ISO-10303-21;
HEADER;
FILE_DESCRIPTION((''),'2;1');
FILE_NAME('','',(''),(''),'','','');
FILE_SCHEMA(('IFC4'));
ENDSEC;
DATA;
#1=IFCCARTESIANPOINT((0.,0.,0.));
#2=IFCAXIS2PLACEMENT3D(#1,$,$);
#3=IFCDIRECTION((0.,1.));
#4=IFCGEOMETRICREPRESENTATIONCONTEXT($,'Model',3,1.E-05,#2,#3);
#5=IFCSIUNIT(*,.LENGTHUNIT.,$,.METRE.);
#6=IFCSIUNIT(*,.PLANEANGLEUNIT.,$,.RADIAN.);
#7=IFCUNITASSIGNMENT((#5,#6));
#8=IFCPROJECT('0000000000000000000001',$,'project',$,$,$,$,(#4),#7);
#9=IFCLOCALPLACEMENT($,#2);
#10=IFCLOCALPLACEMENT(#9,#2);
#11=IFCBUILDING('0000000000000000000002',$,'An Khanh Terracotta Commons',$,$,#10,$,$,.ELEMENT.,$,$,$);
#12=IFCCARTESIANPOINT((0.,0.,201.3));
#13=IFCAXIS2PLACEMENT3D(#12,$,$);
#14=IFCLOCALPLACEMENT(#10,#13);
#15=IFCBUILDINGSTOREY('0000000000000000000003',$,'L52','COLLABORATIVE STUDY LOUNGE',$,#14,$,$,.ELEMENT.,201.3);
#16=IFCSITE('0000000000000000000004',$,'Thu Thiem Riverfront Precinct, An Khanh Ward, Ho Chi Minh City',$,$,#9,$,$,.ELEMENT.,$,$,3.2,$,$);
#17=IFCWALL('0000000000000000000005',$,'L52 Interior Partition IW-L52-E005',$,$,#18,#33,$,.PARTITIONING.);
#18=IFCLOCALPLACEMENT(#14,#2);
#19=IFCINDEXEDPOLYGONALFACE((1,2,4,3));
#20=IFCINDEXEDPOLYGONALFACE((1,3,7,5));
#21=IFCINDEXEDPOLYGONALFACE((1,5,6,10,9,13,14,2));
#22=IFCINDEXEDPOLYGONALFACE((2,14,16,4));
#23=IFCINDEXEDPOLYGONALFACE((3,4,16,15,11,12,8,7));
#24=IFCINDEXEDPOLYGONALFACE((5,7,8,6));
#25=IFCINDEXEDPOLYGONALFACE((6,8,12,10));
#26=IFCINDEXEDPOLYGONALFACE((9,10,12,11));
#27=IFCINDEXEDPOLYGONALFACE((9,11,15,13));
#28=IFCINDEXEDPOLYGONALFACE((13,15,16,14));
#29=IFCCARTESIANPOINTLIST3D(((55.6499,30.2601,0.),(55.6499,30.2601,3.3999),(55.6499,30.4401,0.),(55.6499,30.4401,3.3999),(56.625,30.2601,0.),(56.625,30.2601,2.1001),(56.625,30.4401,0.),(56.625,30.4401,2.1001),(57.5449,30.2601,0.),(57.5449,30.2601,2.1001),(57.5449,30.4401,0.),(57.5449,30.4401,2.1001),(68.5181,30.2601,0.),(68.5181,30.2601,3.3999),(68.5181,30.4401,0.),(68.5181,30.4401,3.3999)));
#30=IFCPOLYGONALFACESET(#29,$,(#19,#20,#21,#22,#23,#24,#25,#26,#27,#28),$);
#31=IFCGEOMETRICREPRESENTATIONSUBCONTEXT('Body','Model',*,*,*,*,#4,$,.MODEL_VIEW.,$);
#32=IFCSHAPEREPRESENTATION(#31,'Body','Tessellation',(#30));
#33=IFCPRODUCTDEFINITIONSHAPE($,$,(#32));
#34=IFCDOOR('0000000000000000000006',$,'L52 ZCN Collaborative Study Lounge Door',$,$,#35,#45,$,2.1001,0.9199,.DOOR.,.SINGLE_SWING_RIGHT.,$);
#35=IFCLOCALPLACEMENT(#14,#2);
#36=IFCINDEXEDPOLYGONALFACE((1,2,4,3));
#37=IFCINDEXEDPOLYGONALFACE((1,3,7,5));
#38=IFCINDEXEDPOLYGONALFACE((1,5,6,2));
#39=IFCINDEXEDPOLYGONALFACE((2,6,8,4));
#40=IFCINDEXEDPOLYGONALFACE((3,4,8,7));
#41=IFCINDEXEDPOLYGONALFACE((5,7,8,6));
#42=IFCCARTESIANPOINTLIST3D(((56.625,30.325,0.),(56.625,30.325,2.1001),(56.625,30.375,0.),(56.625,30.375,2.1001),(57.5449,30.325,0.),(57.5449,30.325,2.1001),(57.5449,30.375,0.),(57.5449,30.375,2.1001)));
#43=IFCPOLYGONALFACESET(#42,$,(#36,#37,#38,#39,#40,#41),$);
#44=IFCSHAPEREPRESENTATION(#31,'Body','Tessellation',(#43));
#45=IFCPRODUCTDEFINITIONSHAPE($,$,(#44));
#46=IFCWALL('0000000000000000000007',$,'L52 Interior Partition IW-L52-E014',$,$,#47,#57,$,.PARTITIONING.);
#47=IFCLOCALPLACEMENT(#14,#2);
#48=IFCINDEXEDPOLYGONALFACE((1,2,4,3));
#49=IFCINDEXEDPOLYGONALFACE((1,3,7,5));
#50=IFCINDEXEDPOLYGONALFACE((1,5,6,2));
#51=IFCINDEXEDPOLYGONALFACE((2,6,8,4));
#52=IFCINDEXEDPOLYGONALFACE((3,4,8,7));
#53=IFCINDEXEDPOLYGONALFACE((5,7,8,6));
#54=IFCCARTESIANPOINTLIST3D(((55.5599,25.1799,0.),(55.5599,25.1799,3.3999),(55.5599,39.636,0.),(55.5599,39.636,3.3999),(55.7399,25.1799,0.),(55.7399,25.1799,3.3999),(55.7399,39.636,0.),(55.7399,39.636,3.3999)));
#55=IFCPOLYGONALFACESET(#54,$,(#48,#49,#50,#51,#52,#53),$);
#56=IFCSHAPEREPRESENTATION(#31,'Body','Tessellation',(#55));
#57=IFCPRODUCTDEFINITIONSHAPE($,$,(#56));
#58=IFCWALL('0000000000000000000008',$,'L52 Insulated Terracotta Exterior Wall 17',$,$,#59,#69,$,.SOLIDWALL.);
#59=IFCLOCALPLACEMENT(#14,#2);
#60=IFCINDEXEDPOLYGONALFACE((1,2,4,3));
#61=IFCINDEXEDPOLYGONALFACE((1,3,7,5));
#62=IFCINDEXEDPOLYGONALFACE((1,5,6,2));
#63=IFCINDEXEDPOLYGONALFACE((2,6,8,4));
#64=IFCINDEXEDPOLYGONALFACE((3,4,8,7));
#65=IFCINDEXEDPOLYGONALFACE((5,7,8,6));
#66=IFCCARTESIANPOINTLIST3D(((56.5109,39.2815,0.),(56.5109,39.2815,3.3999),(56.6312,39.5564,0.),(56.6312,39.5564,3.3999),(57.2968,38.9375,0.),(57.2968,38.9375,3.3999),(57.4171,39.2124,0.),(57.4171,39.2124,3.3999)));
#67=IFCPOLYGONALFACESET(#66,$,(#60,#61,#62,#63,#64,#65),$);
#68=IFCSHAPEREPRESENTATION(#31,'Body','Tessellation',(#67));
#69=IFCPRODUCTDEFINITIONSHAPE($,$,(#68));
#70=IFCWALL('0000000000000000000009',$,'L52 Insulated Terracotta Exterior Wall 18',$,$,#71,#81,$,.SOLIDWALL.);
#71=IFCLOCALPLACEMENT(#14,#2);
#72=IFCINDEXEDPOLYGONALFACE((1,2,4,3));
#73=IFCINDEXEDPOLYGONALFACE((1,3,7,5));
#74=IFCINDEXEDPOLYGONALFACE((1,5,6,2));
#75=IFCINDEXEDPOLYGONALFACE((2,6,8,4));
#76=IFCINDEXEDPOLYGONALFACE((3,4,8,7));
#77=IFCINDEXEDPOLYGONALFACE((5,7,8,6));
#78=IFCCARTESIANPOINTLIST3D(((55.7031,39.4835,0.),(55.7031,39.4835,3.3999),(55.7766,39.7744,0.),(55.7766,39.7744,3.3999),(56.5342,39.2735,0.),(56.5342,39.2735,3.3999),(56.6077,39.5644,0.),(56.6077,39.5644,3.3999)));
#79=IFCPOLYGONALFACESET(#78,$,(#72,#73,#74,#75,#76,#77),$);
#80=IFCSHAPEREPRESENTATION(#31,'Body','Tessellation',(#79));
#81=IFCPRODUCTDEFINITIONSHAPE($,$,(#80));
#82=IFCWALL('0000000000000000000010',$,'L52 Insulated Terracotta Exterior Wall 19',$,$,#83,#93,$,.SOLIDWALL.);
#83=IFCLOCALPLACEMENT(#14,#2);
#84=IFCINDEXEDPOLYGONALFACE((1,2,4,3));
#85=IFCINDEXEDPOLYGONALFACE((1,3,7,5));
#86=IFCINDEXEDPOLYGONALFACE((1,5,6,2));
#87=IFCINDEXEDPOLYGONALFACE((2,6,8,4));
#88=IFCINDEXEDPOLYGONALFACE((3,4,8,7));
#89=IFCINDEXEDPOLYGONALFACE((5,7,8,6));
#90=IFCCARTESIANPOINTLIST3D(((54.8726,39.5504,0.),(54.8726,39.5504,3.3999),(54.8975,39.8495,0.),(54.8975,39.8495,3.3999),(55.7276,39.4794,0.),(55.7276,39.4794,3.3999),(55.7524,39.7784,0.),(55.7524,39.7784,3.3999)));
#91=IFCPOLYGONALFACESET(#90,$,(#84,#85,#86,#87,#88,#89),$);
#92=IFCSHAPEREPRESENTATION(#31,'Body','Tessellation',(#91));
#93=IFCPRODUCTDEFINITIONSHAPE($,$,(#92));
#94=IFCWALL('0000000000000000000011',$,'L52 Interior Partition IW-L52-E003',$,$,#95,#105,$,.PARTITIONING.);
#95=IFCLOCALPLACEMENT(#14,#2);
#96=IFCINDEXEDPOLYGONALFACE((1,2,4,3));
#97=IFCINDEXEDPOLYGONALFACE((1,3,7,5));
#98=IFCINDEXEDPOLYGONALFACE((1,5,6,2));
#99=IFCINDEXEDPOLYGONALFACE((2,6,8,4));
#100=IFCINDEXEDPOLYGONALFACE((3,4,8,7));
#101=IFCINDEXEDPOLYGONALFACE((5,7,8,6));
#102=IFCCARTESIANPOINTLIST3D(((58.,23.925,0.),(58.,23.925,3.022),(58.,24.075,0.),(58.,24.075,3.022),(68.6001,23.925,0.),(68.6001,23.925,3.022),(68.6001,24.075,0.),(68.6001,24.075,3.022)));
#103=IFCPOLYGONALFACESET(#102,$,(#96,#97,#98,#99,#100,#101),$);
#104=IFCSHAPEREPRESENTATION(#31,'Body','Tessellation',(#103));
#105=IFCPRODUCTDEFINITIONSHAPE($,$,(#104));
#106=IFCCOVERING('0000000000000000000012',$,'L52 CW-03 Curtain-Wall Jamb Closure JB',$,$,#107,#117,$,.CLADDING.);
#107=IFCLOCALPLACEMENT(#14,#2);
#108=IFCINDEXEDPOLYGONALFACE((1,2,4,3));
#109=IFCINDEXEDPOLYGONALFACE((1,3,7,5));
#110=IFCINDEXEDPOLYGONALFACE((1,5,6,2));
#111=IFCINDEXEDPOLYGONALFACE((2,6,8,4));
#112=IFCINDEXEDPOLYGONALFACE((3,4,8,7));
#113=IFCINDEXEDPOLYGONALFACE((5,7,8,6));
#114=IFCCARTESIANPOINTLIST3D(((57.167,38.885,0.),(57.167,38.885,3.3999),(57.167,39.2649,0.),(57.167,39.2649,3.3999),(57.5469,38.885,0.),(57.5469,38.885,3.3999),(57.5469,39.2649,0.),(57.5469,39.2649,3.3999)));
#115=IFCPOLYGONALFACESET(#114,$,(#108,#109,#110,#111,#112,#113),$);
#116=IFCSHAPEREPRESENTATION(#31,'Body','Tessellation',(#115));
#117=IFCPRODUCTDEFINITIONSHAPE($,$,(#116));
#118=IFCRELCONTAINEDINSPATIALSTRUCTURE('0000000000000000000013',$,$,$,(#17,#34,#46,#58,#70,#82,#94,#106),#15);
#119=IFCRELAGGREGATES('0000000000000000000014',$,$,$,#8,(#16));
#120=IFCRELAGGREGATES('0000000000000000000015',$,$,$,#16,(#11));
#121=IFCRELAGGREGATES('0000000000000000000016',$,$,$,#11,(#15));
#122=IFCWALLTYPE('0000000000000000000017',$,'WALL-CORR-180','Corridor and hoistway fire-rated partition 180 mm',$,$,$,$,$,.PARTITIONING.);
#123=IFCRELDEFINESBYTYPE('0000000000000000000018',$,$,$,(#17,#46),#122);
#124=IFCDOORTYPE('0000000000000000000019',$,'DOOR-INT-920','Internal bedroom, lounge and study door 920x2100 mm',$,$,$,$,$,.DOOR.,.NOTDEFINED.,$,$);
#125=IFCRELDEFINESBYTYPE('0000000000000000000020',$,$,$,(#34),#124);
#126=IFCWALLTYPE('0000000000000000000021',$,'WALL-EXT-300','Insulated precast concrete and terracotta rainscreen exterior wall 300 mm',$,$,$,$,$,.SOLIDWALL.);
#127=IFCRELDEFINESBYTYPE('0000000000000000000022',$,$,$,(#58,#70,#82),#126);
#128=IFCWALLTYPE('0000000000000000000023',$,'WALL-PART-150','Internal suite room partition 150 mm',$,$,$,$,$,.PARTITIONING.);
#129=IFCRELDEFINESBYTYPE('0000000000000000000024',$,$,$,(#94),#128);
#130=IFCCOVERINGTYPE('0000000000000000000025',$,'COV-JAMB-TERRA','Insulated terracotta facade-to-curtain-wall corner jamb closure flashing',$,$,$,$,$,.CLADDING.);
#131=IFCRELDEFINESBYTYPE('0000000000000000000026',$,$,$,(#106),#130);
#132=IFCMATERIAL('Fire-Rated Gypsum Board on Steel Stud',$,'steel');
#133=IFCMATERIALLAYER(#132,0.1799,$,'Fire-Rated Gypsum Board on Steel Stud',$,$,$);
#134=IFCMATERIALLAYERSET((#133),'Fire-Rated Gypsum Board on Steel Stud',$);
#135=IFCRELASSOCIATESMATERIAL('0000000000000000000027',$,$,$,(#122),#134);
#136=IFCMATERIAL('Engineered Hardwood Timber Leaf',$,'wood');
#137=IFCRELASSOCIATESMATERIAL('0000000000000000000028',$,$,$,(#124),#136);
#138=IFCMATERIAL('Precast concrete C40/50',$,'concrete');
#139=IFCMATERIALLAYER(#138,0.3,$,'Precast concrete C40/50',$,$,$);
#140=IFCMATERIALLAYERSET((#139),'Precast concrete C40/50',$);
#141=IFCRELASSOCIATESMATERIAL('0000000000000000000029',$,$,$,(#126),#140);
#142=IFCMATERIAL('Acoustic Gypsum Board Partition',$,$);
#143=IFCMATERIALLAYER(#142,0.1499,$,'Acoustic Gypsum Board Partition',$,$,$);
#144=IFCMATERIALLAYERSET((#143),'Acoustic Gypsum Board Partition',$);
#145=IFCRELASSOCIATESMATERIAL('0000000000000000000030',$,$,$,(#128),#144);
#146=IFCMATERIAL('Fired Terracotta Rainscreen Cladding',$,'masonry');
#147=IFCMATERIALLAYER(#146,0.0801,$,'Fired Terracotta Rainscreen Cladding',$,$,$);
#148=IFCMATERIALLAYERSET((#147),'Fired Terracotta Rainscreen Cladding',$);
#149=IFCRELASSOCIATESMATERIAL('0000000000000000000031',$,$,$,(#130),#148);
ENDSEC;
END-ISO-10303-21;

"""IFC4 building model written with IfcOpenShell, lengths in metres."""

from ifc_helpers import new_model, si_unit, direction, frame, frame_2d, origin, origin_2d, place, context, subcontext, project, spatial, rectangle, extrude, material, layer, layer_set, type_object, element, fill, save


model = new_model("IFC4")

# Units and contexts
model_context = context("Model", 3, precision=1e-05, world=origin(), true_north=direction((0.0, 1.0)))
body_context = subcontext(model_context, "Body", "Model", "MODEL_VIEW")
ifc_project = project(units=[si_unit("LENGTHUNIT", "METRE"), si_unit("PLANEANGLEUNIT", "RADIAN")], contexts=[model_context])

# Site, building, storey
site_placement = place(None, origin())
site = spatial("IfcSite", under=ifc_project, at=site_placement, Name="Thu Thiem Riverfront Precinct, An Khanh Ward, Ho Chi Minh City", CompositionType="ELEMENT", RefElevation=3.2)
building_placement = place(site_placement, origin())
building = spatial("IfcBuilding", under=site, at=building_placement, Name="An Khanh Terracotta Commons", CompositionType="ELEMENT")
storey_placement = place(building_placement, frame((0.0, 0.0, 201.3)))
storey = spatial("IfcBuildingStorey", under=building, at=storey_placement, Name="L52", Description="COLLABORATIVE STUDY LOUNGE", CompositionType="ELEMENT", Elevation=201.3)

# Wall, opening, door
ifc_material_1 = material(Name="Fire-Rated Gypsum Board on Steel Stud", Category="steel")
ifc_layer_1 = layer(ifc_material_1, 0.1799, Name="Fire-Rated Gypsum Board on Steel Stud")
ifc_layer_set_1 = layer_set([ifc_layer_1], Name="Fire-Rated Gypsum Board on Steel Stud")
wall_type_1 = type_object("IfcWallType", Name="WALL-CORR-180", Description="Corridor and hoistway fire-rated partition 180 mm", PredefinedType="PARTITIONING", material=ifc_layer_set_1)
wall_1_placement = place(storey_placement, frame((55.6499, 30.3501, 0.0), z_axis=(0.0, 0.0, 1.0), x_axis=(1.0, 0.0, 0.0)))
wall_1 = element("IfcWall", 1, at=wall_1_placement, inside=storey, type_object=wall_type_1, Name="L52 Interior Partition IW-L52-E005", PredefinedType="PARTITIONING", context=body_context, shape_type="SweptSolid", body=[
    extrude(rectangle(XDim=12.8682, YDim=0.1799, at=frame_2d((6.4341, 0.0))), origin(), (0.0, 0.0, 1.0), 3.3999),
])
opening_placement = place(wall_1_placement, frame((0.9751, 0.0, 0.0)))
opening = element("IfcOpeningElement", 2, at=opening_placement, cuts=wall_1, PredefinedType="OPENING", context=body_context, shape_type="SweptSolid", body=[
    extrude(rectangle(XDim=0.9199, YDim=2.1001, at=frame_2d((0.46, 1.05))), frame((0.0, 0.0999, 0.0), z_axis=(0.0, -1.0, 0.0), x_axis=(1.0, 0.0, 0.0)), (0.0, 0.0, 1.0), 0.2),
])
ifc_material_2 = material(Name="Engineered Hardwood Timber Leaf", Category="wood")
door_type = type_object("IfcDoorType", Name="DOOR-INT-920", Description="Internal bedroom, lounge and study door 920x2100 mm", OperationType="NOTDEFINED", PredefinedType="DOOR", material=ifc_material_2)
door_placement = place(opening_placement, origin())
door = element("IfcDoor", 3, at=door_placement, inside=storey, type_object=door_type, Name="L52 ZCN Collaborative Study Lounge Door", OperationType="SINGLE_SWING_RIGHT", OverallHeight=2.1001, OverallWidth=0.9199, PredefinedType="DOOR", context=body_context, shape_type="SweptSolid", body=[
    extrude(rectangle(XDim=0.9199, YDim=2.1001, at=frame_2d((0.46, 1.05))), frame((0.0, 0.0249, 0.0), z_axis=(0.0, -1.0, 0.0), x_axis=(1.0, 0.0, 0.0)), (0.0, 0.0, 1.0), 0.05),
])
fill(opening, door)

# Walls
wall_2_placement = place(storey_placement, frame((55.6499, 25.1799, 0.0), z_axis=(0.0, 0.0, 1.0), x_axis=(0.0, 1.0, 0.0)))
element("IfcWall", 4, at=wall_2_placement, inside=storey, type_object=wall_type_1, Name="L52 Interior Partition IW-L52-E014", PredefinedType="PARTITIONING", context=body_context, shape_type="SweptSolid", body=[
    extrude(rectangle(XDim=14.4561, YDim=0.1799, at=frame_2d((7.228, 0.0))), origin(), (0.0, 0.0, 1.0), 3.3999),
])
ifc_material_3 = material(Name="Precast concrete C40/50", Category="concrete")
ifc_layer_2 = layer(ifc_material_3, 0.3, Name="Precast concrete C40/50")
ifc_layer_set_2 = layer_set([ifc_layer_2], Name="Precast concrete C40/50")
wall_type_2 = type_object("IfcWallType", Name="WALL-EXT-300", Description="Insulated precast concrete and terracotta rainscreen exterior wall 300 mm", PredefinedType="SOLIDWALL", material=ifc_layer_set_2)
wall_3_placement = place(storey_placement, frame((57.3569, 39.075, 0.0), z_axis=(0.0, 0.0, 1.0), x_axis=(-0.916085, 0.400983, 0.0)))
element("IfcWall", 5, at=wall_3_placement, inside=storey, type_object=wall_type_2, Name="L52 Insulated Terracotta Exterior Wall 17", PredefinedType="SOLIDWALL", context=body_context, shape_type="SweptSolid", body=[
    extrude(rectangle(XDim=0.8579, YDim=0.3, at=frame_2d((0.429, 0.0))), origin(), (0.0, 0.0, 1.0), 3.3999),
])
wall_4_placement = place(storey_placement, frame((56.571, 39.4189, 0.0), z_axis=(0.0, 0.0, 1.0), x_axis=(-0.969536, 0.244947, 0.0)))
element("IfcWall", 6, at=wall_4_placement, inside=storey, type_object=wall_type_2, Name="L52 Insulated Terracotta Exterior Wall 18", PredefinedType="SOLIDWALL", context=body_context, shape_type="SweptSolid", body=[
    extrude(rectangle(XDim=0.8572, YDim=0.3, at=frame_2d((0.4287, 0.0))), origin(), (0.0, 0.0, 1.0), 3.3999),
])
wall_5_placement = place(storey_placement, frame((55.74, 39.6289, 0.0), z_axis=(0.0, 0.0, 1.0), x_axis=(-0.996565, 0.08281, 0.0)))
element("IfcWall", 7, at=wall_5_placement, inside=storey, type_object=wall_type_2, Name="L52 Insulated Terracotta Exterior Wall 19", PredefinedType="SOLIDWALL", context=body_context, shape_type="SweptSolid", body=[
    extrude(rectangle(XDim=0.8579, YDim=0.3, at=frame_2d((0.429, 0.0))), origin(), (0.0, 0.0, 1.0), 3.3999),
])
ifc_material_4 = material(Name="Acoustic Gypsum Board Partition")
ifc_layer_3 = layer(ifc_material_4, 0.1499, Name="Acoustic Gypsum Board Partition")
ifc_layer_set_3 = layer_set([ifc_layer_3], Name="Acoustic Gypsum Board Partition")
wall_type_3 = type_object("IfcWallType", Name="WALL-PART-150", Description="Internal suite room partition 150 mm", PredefinedType="PARTITIONING", material=ifc_layer_set_3)
wall_6_placement = place(storey_placement, frame((58.0, 24.0, 0.0), z_axis=(0.0, 0.0, 1.0), x_axis=(1.0, 0.0, 0.0)))
element("IfcWall", 8, at=wall_6_placement, inside=storey, type_object=wall_type_3, Name="L52 Interior Partition IW-L52-E003", PredefinedType="PARTITIONING", context=body_context, shape_type="SweptSolid", body=[
    extrude(rectangle(XDim=10.6001, YDim=0.1499, at=frame_2d((5.3, 0.0))), origin(), (0.0, 0.0, 1.0), 3.022),
])

# Covering
ifc_material_5 = material(Name="Fired Terracotta Rainscreen Cladding", Category="masonry")
ifc_layer_4 = layer(ifc_material_5, 0.0801, Name="Fired Terracotta Rainscreen Cladding")
ifc_layer_set_4 = layer_set([ifc_layer_4], Name="Fired Terracotta Rainscreen Cladding")
covering_type = type_object("IfcCoveringType", Name="COV-JAMB-TERRA", Description="Insulated terracotta facade-to-curtain-wall corner jamb closure flashing", PredefinedType="CLADDING", material=ifc_layer_set_4)
covering_placement = place(storey_placement, frame((57.3569, 39.075, 0.0), z_axis=(0.0, 0.0, 1.0), x_axis=(1.0, 0.0, 0.0)))
element("IfcCovering", 9, at=covering_placement, inside=storey, type_object=covering_type, Name="L52 CW-03 Curtain-Wall Jamb Closure JB", PredefinedType="CLADDING", context=body_context, shape_type="SweptSolid", body=[
    extrude(rectangle(XDim=0.3799, YDim=0.3799, at=origin_2d()), origin(), (0.0, 0.0, 1.0), 3.3999),
])

save(model, "model.ifc")
